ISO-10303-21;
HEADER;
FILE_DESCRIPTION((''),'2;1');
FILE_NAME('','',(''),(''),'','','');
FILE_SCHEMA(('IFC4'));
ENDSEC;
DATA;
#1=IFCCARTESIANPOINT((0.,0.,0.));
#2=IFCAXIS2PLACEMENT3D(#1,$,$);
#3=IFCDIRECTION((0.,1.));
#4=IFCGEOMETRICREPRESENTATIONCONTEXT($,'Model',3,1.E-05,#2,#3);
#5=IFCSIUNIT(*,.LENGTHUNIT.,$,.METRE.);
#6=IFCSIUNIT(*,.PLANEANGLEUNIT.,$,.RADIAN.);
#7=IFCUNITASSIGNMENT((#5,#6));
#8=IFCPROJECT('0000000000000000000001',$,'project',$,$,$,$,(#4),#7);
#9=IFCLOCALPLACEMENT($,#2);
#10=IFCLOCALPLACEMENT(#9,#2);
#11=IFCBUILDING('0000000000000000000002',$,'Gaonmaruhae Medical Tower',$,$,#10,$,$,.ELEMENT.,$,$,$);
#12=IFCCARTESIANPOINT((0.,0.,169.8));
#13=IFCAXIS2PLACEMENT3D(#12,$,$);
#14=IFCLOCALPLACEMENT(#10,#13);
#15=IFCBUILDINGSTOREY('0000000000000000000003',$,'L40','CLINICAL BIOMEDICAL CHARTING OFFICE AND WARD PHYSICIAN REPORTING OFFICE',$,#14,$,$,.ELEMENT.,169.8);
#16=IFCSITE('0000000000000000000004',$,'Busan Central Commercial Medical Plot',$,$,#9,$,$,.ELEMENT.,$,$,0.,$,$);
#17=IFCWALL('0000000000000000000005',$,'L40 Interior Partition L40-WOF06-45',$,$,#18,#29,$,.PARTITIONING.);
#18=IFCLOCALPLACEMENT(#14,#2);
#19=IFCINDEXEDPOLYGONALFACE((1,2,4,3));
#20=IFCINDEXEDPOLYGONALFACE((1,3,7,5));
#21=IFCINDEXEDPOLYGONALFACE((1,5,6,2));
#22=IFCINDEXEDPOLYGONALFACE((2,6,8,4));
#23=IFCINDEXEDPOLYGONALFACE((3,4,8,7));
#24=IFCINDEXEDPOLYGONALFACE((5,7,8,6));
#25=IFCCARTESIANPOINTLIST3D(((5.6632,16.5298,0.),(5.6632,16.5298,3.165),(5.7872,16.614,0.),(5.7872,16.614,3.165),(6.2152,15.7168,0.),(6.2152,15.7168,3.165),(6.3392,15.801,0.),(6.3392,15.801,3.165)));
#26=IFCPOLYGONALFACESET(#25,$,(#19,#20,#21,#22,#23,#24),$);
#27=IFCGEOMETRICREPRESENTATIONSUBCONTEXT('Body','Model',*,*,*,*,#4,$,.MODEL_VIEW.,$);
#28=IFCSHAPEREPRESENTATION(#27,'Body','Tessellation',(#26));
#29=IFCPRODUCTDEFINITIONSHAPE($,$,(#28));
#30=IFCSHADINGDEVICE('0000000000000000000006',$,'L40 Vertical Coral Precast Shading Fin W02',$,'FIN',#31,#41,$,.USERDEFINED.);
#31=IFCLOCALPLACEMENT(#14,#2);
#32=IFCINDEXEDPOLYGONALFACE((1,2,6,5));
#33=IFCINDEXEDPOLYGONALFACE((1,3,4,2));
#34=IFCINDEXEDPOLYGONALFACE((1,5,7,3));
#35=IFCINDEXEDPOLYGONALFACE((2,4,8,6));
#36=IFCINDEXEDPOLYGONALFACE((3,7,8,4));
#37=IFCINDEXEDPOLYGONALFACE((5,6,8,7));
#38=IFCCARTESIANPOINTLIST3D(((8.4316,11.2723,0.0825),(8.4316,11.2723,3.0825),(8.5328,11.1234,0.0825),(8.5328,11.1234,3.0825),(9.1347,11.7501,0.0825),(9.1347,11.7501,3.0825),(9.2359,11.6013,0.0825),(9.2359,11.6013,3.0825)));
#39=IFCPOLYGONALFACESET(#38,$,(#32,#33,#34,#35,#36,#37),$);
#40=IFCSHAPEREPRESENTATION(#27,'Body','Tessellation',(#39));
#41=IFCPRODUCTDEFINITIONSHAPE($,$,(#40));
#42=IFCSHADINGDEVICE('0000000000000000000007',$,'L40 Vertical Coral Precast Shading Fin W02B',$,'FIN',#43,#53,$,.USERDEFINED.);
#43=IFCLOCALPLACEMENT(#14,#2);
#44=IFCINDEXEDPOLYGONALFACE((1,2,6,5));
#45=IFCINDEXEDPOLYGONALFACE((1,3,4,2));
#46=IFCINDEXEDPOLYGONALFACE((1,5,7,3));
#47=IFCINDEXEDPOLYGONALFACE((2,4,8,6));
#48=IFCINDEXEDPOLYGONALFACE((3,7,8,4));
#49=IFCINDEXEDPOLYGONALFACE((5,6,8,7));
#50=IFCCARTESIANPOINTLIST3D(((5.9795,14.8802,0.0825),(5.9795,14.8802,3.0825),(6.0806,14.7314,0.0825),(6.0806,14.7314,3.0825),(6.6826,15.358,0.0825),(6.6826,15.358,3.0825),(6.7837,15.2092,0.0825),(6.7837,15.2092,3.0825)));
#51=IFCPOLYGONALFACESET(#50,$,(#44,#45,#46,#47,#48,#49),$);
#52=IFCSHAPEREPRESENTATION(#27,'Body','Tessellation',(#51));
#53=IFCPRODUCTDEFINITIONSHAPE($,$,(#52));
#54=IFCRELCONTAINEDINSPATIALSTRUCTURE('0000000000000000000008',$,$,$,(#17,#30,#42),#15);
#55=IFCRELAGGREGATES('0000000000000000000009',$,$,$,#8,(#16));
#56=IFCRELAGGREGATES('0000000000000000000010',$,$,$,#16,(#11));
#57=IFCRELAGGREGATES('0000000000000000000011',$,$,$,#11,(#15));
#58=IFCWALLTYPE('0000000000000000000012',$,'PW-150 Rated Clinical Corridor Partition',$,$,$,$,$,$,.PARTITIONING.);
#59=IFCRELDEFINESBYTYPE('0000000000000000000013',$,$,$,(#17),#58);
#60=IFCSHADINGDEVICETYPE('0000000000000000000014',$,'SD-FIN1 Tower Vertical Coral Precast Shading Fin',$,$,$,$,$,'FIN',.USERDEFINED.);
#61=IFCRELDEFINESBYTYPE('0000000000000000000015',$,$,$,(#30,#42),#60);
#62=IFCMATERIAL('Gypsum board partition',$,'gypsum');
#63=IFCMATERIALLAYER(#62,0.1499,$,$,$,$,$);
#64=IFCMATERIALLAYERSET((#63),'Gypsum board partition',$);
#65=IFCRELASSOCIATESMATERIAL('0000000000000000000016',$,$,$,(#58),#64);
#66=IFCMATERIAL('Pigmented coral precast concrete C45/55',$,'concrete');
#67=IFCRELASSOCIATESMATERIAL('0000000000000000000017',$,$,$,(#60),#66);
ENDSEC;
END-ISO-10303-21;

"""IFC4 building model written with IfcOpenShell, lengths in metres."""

from ifc_helpers import new_model, si_unit, direction, frame, frame_2d, origin, origin_2d, place, context, subcontext, project, spatial, rectangle, extrude, material, layer, layer_set, type_object, element, save


model = new_model("IFC4")

# Units and contexts
model_context = context("Model", 3, precision=1e-05, world=origin(), true_north=direction((0.0, 1.0)))
body_context = subcontext(model_context, "Body", "Model", "MODEL_VIEW")
ifc_project = project(units=[si_unit("LENGTHUNIT", "METRE"), si_unit("PLANEANGLEUNIT", "RADIAN")], contexts=[model_context])

# Site, building, storey
site_placement = place(None, origin())
site = spatial("IfcSite", under=ifc_project, at=site_placement, Name="Busan Central Commercial Medical Plot", CompositionType="ELEMENT", RefElevation=0.0)
building_placement = place(site_placement, origin())
building = spatial("IfcBuilding", under=site, at=building_placement, Name="Gaonmaruhae Medical Tower", CompositionType="ELEMENT")
storey_placement = place(building_placement, frame((0.0, 0.0, 169.8)))
storey = spatial("IfcBuildingStorey", under=building, at=storey_placement, Name="L40", Description="CLINICAL BIOMEDICAL CHARTING OFFICE AND WARD PHYSICIAN REPORTING OFFICE", CompositionType="ELEMENT", Elevation=169.8)

# Shared definitions
ifc_material_1 = material(Name="Gypsum board partition", Category="gypsum")
ifc_layer_1 = layer(ifc_material_1, 0.1499)
ifc_layer_set_1 = layer_set([ifc_layer_1], Name="Gypsum board partition")
wall_type_1 = type_object("IfcWallType", Name="PW-150 Rated Clinical Corridor Partition", PredefinedType="PARTITIONING", material=ifc_layer_set_1)

# Wall
wall_1_placement = place(storey_placement, frame((6.2771, 15.759, 0.0), z_axis=(0.0, 0.0, 1.0), x_axis=(-0.561732, 0.827319, 0.0)))
element("IfcWall", 1, at=wall_1_placement, inside=storey, type_object=wall_type_1, Name="L40 Interior Partition L40-WOF06-45", PredefinedType="PARTITIONING", context=body_context, shape_type="SweptSolid", body=[
    extrude(rectangle(XDim=0.9827, YDim=0.1499, at=frame_2d((0.4912, 0.0))), origin(), (0.0, 0.0, 1.0), 3.165),
])

# Shading devices
ifc_material_2 = material(Name="Pigmented coral precast concrete C45/55", Category="concrete")
shading_device_type = type_object("IfcShadingDeviceType", Name="SD-FIN1 Tower Vertical Coral Precast Shading Fin", ElementType="FIN", PredefinedType="USERDEFINED", material=ifc_material_2)
for number, where, z_axis, x_axis, name in (
    (2, (8.8337, 11.4368, 0.0825), (0.0, 0.0, 1.0), (-0.562098, 0.827071, 0.0), "L40 Vertical Coral Precast Shading Fin W02"),
    (3, (6.3816, 15.0447, 0.0825), (0.0, 0.0, 1.0), (-0.562098, 0.827071, 0.0), "L40 Vertical Coral Precast Shading Fin W02B"),
):
    element("IfcShadingDevice", number, at=place(storey_placement, frame(where, z_axis=z_axis, x_axis=x_axis)), inside=storey, type_object=shading_device_type, Name=name, ObjectType="FIN", PredefinedType="USERDEFINED", context=body_context, shape_type="SweptSolid", body=[
        extrude(rectangle(XDim=0.1799, YDim=0.8501, at=origin_2d()), origin(), (0.0, 0.0, 1.0), 3.0),
    ])

save(model, "model.ifc")
